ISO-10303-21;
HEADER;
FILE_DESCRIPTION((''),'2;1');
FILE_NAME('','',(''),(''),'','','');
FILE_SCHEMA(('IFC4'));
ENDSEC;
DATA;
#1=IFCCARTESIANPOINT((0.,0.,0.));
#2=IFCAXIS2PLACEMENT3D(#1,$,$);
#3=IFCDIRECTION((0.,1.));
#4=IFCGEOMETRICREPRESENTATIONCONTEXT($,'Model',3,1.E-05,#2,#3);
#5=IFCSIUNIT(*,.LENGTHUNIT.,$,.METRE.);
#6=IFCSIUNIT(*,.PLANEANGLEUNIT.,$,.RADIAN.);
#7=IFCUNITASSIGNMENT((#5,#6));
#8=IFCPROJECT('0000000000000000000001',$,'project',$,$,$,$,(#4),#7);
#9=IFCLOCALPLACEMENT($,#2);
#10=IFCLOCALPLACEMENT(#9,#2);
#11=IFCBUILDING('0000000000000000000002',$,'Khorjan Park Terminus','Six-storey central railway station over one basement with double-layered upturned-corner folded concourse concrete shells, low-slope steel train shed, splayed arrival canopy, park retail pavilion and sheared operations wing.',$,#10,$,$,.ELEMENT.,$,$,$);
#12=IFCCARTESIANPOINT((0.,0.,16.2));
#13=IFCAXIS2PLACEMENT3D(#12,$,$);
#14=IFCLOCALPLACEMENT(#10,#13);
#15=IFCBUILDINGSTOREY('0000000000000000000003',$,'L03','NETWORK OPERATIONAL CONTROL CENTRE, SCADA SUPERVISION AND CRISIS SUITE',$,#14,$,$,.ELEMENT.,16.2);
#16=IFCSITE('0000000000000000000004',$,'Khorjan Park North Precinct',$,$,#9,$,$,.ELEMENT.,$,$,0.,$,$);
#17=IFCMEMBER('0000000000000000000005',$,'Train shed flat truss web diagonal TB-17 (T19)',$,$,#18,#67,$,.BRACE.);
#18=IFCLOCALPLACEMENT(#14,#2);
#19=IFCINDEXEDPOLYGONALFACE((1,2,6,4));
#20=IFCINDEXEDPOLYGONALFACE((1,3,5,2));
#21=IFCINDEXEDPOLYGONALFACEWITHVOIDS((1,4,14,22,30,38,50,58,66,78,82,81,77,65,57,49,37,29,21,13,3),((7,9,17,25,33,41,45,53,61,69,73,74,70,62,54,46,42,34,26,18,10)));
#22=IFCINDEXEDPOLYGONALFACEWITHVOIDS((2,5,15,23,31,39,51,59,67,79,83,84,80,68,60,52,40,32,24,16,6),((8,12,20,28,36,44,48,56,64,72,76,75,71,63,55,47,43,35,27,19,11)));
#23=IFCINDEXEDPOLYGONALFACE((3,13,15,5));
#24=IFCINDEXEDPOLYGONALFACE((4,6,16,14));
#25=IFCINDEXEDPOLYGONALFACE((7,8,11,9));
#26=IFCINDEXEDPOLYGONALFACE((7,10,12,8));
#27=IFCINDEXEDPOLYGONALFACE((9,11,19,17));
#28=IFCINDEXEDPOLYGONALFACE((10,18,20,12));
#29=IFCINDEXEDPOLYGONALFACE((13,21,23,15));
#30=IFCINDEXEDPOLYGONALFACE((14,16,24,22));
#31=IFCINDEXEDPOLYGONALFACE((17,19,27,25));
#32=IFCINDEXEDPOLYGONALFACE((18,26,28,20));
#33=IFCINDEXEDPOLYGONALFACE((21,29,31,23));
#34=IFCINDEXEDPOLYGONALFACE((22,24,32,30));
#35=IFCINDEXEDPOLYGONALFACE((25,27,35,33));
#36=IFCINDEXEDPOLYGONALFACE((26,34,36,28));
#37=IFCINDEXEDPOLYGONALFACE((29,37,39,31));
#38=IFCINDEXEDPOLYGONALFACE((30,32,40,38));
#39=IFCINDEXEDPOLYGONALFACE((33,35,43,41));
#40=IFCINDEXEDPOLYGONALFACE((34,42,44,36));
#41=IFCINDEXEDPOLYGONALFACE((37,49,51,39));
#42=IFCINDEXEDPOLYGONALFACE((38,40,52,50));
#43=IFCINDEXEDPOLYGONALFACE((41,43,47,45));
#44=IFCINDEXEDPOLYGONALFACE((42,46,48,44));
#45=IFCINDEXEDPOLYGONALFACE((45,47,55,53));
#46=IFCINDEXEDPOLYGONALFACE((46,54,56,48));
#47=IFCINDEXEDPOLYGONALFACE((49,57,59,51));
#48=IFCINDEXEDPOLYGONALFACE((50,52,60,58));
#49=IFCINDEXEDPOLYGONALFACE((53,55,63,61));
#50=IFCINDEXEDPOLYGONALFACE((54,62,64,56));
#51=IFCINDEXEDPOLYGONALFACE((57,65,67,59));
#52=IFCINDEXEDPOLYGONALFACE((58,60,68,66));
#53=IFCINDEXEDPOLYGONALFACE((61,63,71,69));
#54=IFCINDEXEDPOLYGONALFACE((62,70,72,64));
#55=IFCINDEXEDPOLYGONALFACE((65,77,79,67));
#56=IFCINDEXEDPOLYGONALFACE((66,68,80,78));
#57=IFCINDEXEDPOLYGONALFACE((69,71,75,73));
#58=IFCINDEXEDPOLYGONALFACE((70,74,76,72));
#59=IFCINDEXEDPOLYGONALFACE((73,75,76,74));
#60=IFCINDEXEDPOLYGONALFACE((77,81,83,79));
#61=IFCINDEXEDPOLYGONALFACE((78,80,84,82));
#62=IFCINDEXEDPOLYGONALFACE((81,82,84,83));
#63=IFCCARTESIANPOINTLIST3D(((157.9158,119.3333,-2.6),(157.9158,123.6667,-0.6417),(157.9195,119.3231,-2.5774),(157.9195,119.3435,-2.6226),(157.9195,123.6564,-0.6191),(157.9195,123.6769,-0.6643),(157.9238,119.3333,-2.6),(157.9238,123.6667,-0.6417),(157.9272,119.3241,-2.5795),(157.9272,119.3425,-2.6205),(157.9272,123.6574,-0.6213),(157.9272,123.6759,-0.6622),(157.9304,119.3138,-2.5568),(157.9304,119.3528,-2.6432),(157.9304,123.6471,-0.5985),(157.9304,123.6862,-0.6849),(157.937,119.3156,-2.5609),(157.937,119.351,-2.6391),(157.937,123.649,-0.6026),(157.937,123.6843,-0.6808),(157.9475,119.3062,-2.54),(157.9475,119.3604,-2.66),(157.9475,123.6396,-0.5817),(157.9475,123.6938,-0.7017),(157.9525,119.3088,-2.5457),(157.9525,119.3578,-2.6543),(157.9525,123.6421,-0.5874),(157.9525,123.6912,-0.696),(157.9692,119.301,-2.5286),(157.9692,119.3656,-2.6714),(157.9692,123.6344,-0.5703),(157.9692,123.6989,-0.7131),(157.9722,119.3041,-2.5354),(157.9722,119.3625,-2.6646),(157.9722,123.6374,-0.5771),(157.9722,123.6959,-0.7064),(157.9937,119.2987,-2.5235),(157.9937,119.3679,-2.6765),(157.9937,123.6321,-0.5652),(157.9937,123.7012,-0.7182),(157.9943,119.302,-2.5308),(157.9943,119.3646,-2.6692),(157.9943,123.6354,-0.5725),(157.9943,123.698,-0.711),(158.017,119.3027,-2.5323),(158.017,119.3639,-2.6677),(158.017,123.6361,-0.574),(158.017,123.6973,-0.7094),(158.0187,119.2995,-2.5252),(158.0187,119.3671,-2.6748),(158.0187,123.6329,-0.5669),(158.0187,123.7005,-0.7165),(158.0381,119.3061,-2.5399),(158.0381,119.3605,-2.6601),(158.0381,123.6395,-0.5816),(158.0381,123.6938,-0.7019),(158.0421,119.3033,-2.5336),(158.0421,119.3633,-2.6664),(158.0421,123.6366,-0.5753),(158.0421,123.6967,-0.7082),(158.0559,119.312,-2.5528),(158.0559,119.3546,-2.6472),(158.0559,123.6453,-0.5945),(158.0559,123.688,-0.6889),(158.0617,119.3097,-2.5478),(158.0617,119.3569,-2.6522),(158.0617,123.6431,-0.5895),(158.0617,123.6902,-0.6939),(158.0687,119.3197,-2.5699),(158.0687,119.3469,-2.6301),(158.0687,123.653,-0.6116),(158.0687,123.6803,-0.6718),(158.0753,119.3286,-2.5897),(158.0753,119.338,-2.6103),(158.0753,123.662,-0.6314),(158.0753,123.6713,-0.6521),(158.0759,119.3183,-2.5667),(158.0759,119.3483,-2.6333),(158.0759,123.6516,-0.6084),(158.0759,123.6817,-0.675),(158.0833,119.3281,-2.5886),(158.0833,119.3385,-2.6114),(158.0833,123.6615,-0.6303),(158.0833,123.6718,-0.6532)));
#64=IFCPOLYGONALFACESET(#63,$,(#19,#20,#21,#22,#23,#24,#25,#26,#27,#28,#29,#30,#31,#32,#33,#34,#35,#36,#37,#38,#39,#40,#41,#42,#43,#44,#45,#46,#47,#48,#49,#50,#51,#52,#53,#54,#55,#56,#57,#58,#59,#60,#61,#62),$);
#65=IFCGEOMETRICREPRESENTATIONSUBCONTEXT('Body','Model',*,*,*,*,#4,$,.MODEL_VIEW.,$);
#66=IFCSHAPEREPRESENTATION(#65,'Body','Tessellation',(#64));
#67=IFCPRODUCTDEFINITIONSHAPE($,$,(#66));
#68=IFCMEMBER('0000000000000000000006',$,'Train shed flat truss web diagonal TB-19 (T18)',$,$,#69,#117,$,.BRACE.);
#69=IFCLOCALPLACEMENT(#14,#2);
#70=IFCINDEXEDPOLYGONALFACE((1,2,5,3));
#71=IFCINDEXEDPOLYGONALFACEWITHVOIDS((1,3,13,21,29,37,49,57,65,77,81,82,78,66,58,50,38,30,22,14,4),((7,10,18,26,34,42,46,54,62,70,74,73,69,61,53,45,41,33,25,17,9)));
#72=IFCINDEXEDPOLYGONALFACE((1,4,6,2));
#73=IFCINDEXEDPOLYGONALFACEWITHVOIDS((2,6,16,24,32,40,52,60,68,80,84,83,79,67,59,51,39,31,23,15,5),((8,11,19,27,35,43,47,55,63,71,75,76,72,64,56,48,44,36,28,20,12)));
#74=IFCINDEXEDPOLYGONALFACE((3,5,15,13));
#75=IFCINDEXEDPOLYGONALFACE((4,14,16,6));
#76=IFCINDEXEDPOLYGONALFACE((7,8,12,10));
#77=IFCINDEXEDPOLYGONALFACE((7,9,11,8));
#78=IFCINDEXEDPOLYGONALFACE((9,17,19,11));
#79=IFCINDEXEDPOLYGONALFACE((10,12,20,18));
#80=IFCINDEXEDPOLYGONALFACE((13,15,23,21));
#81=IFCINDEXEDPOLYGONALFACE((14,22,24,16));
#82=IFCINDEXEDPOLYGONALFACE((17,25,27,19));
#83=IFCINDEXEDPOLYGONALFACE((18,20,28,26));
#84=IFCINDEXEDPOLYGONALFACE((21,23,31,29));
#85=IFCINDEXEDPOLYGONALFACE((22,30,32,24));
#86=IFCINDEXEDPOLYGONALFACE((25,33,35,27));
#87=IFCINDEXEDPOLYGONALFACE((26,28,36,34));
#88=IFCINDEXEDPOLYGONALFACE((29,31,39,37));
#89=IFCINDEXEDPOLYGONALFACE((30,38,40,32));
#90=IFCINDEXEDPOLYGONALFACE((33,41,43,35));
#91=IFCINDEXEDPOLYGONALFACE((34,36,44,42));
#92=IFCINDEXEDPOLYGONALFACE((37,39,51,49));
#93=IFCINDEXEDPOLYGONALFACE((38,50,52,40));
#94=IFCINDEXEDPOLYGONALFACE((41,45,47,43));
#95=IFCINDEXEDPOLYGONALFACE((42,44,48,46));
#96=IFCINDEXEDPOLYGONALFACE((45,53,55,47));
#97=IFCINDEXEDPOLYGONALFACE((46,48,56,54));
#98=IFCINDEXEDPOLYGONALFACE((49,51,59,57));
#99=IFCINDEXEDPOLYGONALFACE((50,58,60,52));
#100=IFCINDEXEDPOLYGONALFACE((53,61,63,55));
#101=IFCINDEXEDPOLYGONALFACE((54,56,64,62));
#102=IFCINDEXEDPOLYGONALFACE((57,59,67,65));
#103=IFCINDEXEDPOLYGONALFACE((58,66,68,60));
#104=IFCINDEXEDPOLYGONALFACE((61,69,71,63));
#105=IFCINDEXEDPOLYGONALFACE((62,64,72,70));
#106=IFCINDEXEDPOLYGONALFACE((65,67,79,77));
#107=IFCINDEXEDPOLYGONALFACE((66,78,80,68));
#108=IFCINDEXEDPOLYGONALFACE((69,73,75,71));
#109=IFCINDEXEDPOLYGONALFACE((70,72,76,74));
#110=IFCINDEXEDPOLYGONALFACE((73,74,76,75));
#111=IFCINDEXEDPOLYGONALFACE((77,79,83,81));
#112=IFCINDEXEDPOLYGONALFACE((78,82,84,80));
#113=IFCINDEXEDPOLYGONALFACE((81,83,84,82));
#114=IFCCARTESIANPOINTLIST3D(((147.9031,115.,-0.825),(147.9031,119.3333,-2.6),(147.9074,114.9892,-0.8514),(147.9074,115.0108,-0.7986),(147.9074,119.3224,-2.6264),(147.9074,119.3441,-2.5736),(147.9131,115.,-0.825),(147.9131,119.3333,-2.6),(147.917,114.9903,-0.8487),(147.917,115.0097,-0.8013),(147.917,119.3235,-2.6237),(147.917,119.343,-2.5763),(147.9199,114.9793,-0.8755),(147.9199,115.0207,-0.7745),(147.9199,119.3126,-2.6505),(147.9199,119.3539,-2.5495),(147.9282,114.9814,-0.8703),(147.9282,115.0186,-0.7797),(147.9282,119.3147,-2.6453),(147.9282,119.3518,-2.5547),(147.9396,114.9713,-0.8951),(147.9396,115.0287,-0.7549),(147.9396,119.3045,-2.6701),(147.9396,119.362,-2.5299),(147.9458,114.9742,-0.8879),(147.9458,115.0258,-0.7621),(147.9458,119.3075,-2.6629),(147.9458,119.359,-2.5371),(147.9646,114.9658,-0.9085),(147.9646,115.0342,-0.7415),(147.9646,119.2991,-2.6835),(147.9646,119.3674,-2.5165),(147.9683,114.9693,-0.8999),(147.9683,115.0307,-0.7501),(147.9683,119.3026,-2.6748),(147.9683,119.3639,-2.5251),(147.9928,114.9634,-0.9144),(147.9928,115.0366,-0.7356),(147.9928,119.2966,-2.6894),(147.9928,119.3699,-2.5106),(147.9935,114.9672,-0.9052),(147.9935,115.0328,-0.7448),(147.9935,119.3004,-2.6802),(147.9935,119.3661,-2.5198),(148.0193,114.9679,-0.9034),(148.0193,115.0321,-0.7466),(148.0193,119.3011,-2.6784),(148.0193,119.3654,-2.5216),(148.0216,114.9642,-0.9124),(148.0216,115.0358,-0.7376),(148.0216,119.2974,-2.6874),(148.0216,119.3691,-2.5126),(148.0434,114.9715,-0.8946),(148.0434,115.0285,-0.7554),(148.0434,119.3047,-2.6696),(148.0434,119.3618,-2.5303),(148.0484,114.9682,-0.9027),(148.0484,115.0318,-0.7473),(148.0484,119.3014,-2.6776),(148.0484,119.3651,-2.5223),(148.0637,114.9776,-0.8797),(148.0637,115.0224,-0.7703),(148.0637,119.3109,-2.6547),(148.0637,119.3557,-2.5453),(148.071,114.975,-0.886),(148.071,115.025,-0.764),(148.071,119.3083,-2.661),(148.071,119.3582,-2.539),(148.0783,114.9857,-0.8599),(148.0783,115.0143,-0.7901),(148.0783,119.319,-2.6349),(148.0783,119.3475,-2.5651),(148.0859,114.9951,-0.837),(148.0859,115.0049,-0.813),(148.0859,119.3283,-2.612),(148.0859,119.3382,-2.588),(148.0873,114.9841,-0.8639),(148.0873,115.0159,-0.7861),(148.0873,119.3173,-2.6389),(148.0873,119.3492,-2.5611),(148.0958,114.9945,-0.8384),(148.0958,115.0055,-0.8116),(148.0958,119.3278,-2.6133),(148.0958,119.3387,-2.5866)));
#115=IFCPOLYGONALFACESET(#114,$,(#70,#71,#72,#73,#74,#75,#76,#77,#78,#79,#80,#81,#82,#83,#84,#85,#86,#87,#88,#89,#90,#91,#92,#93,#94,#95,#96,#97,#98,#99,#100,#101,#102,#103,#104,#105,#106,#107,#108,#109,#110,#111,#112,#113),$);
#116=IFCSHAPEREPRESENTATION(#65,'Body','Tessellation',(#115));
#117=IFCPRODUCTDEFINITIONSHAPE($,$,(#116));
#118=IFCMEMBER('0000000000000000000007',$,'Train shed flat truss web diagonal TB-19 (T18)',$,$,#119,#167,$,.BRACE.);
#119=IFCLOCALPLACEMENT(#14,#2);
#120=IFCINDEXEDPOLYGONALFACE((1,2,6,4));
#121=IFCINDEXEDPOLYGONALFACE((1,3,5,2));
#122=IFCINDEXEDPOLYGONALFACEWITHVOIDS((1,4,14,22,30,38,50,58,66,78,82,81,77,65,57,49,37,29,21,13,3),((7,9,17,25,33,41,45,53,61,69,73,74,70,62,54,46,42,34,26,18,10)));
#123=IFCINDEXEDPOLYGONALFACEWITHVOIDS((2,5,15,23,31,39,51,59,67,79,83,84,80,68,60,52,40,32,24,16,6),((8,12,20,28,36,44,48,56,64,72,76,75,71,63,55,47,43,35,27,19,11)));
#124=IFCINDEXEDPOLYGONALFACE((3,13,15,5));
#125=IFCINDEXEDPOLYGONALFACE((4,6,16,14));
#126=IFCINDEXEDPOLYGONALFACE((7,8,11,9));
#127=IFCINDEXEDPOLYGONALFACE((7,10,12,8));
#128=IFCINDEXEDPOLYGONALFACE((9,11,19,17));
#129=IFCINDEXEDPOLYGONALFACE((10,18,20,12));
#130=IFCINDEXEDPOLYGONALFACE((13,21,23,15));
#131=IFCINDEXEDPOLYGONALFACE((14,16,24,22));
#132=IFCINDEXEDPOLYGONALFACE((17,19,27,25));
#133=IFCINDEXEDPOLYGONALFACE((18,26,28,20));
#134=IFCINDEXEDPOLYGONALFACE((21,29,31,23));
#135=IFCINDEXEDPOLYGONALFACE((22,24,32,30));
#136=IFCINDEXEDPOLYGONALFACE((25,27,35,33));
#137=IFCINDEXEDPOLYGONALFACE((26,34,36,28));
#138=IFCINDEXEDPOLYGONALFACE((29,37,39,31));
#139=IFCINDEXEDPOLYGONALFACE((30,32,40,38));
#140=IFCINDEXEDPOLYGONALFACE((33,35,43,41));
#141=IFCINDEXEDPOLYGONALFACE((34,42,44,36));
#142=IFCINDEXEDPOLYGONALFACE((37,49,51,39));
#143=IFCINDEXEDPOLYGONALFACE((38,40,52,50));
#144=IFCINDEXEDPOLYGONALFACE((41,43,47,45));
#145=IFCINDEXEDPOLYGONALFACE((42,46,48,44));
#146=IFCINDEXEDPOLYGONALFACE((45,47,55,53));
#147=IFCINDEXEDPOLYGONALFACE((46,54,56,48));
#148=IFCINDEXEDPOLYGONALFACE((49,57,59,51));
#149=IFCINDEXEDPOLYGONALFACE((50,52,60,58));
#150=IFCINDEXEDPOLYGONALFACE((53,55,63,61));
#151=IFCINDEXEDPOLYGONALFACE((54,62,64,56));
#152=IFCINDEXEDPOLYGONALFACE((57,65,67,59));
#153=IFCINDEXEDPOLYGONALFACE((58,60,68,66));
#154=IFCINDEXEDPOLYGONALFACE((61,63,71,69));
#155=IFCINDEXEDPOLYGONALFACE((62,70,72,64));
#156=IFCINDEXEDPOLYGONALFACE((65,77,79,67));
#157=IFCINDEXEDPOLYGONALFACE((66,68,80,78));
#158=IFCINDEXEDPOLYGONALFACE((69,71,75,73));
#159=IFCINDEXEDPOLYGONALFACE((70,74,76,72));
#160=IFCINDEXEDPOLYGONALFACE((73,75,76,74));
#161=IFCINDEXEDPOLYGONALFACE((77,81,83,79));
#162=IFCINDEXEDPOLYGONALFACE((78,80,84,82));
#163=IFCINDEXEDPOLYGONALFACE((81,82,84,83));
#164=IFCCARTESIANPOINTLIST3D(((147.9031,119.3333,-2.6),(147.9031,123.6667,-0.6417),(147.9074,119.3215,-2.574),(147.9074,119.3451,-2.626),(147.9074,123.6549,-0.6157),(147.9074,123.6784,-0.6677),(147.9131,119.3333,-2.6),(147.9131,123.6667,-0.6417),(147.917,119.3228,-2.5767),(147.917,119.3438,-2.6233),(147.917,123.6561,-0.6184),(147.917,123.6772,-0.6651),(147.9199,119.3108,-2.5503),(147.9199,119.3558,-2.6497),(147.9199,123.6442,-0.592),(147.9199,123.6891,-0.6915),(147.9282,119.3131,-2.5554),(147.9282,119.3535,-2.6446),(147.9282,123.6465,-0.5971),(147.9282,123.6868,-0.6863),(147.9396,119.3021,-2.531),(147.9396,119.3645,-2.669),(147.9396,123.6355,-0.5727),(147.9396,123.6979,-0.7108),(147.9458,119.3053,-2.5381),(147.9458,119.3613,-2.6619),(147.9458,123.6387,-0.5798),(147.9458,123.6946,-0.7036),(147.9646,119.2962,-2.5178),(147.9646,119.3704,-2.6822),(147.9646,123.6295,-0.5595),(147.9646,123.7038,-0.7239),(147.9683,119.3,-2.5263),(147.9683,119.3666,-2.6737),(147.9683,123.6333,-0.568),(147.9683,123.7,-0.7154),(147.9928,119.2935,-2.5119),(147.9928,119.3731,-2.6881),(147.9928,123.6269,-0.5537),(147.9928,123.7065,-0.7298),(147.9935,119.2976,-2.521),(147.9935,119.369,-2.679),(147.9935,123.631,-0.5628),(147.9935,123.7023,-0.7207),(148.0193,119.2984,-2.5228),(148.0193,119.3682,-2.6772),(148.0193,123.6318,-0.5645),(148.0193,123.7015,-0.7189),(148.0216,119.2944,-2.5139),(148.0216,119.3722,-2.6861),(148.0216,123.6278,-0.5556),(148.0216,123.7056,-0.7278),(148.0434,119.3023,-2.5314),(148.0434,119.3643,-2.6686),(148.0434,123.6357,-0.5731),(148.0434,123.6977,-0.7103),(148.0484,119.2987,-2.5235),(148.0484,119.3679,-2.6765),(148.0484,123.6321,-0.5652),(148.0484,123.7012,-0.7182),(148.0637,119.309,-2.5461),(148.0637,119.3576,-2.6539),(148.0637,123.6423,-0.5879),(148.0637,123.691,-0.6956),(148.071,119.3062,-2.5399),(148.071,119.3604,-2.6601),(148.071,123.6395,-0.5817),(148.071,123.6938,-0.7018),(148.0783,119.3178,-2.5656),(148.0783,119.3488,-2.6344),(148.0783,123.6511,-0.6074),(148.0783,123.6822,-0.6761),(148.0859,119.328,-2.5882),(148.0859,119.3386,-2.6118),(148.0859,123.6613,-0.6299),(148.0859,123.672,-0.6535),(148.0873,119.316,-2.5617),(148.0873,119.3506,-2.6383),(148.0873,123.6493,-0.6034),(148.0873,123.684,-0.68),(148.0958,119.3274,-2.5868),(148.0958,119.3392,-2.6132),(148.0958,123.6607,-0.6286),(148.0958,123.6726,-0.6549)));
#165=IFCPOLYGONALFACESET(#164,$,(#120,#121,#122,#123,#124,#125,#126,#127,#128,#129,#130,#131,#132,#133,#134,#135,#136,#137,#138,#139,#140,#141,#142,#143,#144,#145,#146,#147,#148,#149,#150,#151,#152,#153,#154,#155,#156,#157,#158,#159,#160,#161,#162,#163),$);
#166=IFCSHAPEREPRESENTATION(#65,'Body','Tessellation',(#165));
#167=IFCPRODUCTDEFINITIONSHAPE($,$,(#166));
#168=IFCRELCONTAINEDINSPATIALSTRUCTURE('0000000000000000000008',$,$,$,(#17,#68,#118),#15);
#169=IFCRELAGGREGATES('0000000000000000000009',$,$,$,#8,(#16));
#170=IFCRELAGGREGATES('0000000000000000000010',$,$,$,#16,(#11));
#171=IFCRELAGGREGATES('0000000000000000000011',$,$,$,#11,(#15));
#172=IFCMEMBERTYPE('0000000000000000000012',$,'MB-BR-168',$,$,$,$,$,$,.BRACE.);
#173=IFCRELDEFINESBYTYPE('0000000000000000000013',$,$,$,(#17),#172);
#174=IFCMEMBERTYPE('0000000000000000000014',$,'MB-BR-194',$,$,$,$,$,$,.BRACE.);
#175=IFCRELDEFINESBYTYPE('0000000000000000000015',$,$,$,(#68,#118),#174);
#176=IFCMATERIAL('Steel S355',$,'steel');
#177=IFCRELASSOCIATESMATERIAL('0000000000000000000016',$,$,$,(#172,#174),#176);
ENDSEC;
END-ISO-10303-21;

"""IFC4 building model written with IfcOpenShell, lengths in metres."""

from ifc_helpers import new_model, si_unit, direction, frame, origin, origin_2d, place, context, subcontext, project, spatial, hollow_circle, extrude, material, material_profile, profile_set, type_object, element, save


model = new_model("IFC4")

# Units and contexts
model_context = context("Model", 3, precision=1e-05, world=origin(), true_north=direction((0.0, 1.0)))
body_context = subcontext(model_context, "Body", "Model", "MODEL_VIEW")
ifc_project = project(units=[si_unit("LENGTHUNIT", "METRE"), si_unit("PLANEANGLEUNIT", "RADIAN")], contexts=[model_context])

# Site, building, storey
site_placement = place(None, origin())
site = spatial("IfcSite", under=ifc_project, at=site_placement, Name="Khorjan Park North Precinct", CompositionType="ELEMENT", RefElevation=0.0)
building_placement = place(site_placement, origin())
building = spatial("IfcBuilding", under=site, at=building_placement, Name="Khorjan Park Terminus", Description="Six-storey central railway station over one basement with double-layered upturned-corner folded concourse concrete shells, low-slope steel train shed, splayed arrival canopy, park retail pavilion and sheared operations wing.", CompositionType="ELEMENT")
storey_placement = place(building_placement, frame((0.0, 0.0, 16.2)))
storey = spatial("IfcBuildingStorey", under=building, at=storey_placement, Name="L03", Description="NETWORK OPERATIONAL CONTROL CENTRE, SCADA SUPERVISION AND CRISIS SUITE", CompositionType="ELEMENT", Elevation=16.2)

# Members
ifc_material = material(Name="Steel S355", Category="steel")
ifc_material_profile_1 = material_profile(ifc_material, hollow_circle(Radius=0.0842, WallThickness=0.008, at=origin_2d()), Name="CHS 168.3x8")
ifc_profile_set_1 = profile_set([ifc_material_profile_1], Name="Steel S355")
member_type_1 = type_object("IfcMemberType", Name="MB-BR-168", PredefinedType="BRACE", material=ifc_profile_set_1)
member_1_placement = place(storey_placement, frame((158.0, 119.3333, -2.6), z_axis=(0.0, 0.91127, 0.41181), x_axis=(-1.0, 0.0, 0.0)))
element("IfcMember", 1, at=member_1_placement, inside=storey, type_object=member_type_1, Name="Train shed flat truss web diagonal TB-17 (T19)", PredefinedType="BRACE", context=body_context, shape_type="SweptSolid", body=[
    extrude(hollow_circle(Radius=0.0842, WallThickness=0.008, at=origin_2d()), origin(), (0.0, 0.0, 1.0), 4.7553),
])
ifc_material_profile_2 = material_profile(ifc_material, hollow_circle(Radius=0.0969, WallThickness=0.01, at=origin_2d()), Name="CHS 193.7x10")
ifc_profile_set_2 = profile_set([ifc_material_profile_2], Name="Steel S355")
member_type_2 = type_object("IfcMemberType", Name="MB-BR-194", PredefinedType="BRACE", material=ifc_profile_set_2)
member_2_placement = place(storey_placement, frame((148.0, 115.0, -0.825), z_axis=(0.0, 0.925376, -0.379051), x_axis=(-1.0, 0.0, 0.0)))
element("IfcMember", 2, at=member_2_placement, inside=storey, type_object=member_type_2, Name="Train shed flat truss web diagonal TB-19 (T18)", PredefinedType="BRACE", context=body_context, shape_type="SweptSolid", body=[
    extrude(hollow_circle(Radius=0.0969, WallThickness=0.01, at=origin_2d()), origin(), (0.0, 0.0, 1.0), 4.6827),
])
member_3_placement = place(storey_placement, frame((148.0, 119.3333, -2.6), z_axis=(0.0, 0.91127, 0.41181), x_axis=(-1.0, 0.0, 0.0)))
element("IfcMember", 3, at=member_3_placement, inside=storey, type_object=member_type_2, Name="Train shed flat truss web diagonal TB-19 (T18)", PredefinedType="BRACE", context=body_context, shape_type="SweptSolid", body=[
    extrude(hollow_circle(Radius=0.0969, WallThickness=0.01, at=origin_2d()), origin(), (0.0, 0.0, 1.0), 4.7553),
])

save(model, "model.ifc")
